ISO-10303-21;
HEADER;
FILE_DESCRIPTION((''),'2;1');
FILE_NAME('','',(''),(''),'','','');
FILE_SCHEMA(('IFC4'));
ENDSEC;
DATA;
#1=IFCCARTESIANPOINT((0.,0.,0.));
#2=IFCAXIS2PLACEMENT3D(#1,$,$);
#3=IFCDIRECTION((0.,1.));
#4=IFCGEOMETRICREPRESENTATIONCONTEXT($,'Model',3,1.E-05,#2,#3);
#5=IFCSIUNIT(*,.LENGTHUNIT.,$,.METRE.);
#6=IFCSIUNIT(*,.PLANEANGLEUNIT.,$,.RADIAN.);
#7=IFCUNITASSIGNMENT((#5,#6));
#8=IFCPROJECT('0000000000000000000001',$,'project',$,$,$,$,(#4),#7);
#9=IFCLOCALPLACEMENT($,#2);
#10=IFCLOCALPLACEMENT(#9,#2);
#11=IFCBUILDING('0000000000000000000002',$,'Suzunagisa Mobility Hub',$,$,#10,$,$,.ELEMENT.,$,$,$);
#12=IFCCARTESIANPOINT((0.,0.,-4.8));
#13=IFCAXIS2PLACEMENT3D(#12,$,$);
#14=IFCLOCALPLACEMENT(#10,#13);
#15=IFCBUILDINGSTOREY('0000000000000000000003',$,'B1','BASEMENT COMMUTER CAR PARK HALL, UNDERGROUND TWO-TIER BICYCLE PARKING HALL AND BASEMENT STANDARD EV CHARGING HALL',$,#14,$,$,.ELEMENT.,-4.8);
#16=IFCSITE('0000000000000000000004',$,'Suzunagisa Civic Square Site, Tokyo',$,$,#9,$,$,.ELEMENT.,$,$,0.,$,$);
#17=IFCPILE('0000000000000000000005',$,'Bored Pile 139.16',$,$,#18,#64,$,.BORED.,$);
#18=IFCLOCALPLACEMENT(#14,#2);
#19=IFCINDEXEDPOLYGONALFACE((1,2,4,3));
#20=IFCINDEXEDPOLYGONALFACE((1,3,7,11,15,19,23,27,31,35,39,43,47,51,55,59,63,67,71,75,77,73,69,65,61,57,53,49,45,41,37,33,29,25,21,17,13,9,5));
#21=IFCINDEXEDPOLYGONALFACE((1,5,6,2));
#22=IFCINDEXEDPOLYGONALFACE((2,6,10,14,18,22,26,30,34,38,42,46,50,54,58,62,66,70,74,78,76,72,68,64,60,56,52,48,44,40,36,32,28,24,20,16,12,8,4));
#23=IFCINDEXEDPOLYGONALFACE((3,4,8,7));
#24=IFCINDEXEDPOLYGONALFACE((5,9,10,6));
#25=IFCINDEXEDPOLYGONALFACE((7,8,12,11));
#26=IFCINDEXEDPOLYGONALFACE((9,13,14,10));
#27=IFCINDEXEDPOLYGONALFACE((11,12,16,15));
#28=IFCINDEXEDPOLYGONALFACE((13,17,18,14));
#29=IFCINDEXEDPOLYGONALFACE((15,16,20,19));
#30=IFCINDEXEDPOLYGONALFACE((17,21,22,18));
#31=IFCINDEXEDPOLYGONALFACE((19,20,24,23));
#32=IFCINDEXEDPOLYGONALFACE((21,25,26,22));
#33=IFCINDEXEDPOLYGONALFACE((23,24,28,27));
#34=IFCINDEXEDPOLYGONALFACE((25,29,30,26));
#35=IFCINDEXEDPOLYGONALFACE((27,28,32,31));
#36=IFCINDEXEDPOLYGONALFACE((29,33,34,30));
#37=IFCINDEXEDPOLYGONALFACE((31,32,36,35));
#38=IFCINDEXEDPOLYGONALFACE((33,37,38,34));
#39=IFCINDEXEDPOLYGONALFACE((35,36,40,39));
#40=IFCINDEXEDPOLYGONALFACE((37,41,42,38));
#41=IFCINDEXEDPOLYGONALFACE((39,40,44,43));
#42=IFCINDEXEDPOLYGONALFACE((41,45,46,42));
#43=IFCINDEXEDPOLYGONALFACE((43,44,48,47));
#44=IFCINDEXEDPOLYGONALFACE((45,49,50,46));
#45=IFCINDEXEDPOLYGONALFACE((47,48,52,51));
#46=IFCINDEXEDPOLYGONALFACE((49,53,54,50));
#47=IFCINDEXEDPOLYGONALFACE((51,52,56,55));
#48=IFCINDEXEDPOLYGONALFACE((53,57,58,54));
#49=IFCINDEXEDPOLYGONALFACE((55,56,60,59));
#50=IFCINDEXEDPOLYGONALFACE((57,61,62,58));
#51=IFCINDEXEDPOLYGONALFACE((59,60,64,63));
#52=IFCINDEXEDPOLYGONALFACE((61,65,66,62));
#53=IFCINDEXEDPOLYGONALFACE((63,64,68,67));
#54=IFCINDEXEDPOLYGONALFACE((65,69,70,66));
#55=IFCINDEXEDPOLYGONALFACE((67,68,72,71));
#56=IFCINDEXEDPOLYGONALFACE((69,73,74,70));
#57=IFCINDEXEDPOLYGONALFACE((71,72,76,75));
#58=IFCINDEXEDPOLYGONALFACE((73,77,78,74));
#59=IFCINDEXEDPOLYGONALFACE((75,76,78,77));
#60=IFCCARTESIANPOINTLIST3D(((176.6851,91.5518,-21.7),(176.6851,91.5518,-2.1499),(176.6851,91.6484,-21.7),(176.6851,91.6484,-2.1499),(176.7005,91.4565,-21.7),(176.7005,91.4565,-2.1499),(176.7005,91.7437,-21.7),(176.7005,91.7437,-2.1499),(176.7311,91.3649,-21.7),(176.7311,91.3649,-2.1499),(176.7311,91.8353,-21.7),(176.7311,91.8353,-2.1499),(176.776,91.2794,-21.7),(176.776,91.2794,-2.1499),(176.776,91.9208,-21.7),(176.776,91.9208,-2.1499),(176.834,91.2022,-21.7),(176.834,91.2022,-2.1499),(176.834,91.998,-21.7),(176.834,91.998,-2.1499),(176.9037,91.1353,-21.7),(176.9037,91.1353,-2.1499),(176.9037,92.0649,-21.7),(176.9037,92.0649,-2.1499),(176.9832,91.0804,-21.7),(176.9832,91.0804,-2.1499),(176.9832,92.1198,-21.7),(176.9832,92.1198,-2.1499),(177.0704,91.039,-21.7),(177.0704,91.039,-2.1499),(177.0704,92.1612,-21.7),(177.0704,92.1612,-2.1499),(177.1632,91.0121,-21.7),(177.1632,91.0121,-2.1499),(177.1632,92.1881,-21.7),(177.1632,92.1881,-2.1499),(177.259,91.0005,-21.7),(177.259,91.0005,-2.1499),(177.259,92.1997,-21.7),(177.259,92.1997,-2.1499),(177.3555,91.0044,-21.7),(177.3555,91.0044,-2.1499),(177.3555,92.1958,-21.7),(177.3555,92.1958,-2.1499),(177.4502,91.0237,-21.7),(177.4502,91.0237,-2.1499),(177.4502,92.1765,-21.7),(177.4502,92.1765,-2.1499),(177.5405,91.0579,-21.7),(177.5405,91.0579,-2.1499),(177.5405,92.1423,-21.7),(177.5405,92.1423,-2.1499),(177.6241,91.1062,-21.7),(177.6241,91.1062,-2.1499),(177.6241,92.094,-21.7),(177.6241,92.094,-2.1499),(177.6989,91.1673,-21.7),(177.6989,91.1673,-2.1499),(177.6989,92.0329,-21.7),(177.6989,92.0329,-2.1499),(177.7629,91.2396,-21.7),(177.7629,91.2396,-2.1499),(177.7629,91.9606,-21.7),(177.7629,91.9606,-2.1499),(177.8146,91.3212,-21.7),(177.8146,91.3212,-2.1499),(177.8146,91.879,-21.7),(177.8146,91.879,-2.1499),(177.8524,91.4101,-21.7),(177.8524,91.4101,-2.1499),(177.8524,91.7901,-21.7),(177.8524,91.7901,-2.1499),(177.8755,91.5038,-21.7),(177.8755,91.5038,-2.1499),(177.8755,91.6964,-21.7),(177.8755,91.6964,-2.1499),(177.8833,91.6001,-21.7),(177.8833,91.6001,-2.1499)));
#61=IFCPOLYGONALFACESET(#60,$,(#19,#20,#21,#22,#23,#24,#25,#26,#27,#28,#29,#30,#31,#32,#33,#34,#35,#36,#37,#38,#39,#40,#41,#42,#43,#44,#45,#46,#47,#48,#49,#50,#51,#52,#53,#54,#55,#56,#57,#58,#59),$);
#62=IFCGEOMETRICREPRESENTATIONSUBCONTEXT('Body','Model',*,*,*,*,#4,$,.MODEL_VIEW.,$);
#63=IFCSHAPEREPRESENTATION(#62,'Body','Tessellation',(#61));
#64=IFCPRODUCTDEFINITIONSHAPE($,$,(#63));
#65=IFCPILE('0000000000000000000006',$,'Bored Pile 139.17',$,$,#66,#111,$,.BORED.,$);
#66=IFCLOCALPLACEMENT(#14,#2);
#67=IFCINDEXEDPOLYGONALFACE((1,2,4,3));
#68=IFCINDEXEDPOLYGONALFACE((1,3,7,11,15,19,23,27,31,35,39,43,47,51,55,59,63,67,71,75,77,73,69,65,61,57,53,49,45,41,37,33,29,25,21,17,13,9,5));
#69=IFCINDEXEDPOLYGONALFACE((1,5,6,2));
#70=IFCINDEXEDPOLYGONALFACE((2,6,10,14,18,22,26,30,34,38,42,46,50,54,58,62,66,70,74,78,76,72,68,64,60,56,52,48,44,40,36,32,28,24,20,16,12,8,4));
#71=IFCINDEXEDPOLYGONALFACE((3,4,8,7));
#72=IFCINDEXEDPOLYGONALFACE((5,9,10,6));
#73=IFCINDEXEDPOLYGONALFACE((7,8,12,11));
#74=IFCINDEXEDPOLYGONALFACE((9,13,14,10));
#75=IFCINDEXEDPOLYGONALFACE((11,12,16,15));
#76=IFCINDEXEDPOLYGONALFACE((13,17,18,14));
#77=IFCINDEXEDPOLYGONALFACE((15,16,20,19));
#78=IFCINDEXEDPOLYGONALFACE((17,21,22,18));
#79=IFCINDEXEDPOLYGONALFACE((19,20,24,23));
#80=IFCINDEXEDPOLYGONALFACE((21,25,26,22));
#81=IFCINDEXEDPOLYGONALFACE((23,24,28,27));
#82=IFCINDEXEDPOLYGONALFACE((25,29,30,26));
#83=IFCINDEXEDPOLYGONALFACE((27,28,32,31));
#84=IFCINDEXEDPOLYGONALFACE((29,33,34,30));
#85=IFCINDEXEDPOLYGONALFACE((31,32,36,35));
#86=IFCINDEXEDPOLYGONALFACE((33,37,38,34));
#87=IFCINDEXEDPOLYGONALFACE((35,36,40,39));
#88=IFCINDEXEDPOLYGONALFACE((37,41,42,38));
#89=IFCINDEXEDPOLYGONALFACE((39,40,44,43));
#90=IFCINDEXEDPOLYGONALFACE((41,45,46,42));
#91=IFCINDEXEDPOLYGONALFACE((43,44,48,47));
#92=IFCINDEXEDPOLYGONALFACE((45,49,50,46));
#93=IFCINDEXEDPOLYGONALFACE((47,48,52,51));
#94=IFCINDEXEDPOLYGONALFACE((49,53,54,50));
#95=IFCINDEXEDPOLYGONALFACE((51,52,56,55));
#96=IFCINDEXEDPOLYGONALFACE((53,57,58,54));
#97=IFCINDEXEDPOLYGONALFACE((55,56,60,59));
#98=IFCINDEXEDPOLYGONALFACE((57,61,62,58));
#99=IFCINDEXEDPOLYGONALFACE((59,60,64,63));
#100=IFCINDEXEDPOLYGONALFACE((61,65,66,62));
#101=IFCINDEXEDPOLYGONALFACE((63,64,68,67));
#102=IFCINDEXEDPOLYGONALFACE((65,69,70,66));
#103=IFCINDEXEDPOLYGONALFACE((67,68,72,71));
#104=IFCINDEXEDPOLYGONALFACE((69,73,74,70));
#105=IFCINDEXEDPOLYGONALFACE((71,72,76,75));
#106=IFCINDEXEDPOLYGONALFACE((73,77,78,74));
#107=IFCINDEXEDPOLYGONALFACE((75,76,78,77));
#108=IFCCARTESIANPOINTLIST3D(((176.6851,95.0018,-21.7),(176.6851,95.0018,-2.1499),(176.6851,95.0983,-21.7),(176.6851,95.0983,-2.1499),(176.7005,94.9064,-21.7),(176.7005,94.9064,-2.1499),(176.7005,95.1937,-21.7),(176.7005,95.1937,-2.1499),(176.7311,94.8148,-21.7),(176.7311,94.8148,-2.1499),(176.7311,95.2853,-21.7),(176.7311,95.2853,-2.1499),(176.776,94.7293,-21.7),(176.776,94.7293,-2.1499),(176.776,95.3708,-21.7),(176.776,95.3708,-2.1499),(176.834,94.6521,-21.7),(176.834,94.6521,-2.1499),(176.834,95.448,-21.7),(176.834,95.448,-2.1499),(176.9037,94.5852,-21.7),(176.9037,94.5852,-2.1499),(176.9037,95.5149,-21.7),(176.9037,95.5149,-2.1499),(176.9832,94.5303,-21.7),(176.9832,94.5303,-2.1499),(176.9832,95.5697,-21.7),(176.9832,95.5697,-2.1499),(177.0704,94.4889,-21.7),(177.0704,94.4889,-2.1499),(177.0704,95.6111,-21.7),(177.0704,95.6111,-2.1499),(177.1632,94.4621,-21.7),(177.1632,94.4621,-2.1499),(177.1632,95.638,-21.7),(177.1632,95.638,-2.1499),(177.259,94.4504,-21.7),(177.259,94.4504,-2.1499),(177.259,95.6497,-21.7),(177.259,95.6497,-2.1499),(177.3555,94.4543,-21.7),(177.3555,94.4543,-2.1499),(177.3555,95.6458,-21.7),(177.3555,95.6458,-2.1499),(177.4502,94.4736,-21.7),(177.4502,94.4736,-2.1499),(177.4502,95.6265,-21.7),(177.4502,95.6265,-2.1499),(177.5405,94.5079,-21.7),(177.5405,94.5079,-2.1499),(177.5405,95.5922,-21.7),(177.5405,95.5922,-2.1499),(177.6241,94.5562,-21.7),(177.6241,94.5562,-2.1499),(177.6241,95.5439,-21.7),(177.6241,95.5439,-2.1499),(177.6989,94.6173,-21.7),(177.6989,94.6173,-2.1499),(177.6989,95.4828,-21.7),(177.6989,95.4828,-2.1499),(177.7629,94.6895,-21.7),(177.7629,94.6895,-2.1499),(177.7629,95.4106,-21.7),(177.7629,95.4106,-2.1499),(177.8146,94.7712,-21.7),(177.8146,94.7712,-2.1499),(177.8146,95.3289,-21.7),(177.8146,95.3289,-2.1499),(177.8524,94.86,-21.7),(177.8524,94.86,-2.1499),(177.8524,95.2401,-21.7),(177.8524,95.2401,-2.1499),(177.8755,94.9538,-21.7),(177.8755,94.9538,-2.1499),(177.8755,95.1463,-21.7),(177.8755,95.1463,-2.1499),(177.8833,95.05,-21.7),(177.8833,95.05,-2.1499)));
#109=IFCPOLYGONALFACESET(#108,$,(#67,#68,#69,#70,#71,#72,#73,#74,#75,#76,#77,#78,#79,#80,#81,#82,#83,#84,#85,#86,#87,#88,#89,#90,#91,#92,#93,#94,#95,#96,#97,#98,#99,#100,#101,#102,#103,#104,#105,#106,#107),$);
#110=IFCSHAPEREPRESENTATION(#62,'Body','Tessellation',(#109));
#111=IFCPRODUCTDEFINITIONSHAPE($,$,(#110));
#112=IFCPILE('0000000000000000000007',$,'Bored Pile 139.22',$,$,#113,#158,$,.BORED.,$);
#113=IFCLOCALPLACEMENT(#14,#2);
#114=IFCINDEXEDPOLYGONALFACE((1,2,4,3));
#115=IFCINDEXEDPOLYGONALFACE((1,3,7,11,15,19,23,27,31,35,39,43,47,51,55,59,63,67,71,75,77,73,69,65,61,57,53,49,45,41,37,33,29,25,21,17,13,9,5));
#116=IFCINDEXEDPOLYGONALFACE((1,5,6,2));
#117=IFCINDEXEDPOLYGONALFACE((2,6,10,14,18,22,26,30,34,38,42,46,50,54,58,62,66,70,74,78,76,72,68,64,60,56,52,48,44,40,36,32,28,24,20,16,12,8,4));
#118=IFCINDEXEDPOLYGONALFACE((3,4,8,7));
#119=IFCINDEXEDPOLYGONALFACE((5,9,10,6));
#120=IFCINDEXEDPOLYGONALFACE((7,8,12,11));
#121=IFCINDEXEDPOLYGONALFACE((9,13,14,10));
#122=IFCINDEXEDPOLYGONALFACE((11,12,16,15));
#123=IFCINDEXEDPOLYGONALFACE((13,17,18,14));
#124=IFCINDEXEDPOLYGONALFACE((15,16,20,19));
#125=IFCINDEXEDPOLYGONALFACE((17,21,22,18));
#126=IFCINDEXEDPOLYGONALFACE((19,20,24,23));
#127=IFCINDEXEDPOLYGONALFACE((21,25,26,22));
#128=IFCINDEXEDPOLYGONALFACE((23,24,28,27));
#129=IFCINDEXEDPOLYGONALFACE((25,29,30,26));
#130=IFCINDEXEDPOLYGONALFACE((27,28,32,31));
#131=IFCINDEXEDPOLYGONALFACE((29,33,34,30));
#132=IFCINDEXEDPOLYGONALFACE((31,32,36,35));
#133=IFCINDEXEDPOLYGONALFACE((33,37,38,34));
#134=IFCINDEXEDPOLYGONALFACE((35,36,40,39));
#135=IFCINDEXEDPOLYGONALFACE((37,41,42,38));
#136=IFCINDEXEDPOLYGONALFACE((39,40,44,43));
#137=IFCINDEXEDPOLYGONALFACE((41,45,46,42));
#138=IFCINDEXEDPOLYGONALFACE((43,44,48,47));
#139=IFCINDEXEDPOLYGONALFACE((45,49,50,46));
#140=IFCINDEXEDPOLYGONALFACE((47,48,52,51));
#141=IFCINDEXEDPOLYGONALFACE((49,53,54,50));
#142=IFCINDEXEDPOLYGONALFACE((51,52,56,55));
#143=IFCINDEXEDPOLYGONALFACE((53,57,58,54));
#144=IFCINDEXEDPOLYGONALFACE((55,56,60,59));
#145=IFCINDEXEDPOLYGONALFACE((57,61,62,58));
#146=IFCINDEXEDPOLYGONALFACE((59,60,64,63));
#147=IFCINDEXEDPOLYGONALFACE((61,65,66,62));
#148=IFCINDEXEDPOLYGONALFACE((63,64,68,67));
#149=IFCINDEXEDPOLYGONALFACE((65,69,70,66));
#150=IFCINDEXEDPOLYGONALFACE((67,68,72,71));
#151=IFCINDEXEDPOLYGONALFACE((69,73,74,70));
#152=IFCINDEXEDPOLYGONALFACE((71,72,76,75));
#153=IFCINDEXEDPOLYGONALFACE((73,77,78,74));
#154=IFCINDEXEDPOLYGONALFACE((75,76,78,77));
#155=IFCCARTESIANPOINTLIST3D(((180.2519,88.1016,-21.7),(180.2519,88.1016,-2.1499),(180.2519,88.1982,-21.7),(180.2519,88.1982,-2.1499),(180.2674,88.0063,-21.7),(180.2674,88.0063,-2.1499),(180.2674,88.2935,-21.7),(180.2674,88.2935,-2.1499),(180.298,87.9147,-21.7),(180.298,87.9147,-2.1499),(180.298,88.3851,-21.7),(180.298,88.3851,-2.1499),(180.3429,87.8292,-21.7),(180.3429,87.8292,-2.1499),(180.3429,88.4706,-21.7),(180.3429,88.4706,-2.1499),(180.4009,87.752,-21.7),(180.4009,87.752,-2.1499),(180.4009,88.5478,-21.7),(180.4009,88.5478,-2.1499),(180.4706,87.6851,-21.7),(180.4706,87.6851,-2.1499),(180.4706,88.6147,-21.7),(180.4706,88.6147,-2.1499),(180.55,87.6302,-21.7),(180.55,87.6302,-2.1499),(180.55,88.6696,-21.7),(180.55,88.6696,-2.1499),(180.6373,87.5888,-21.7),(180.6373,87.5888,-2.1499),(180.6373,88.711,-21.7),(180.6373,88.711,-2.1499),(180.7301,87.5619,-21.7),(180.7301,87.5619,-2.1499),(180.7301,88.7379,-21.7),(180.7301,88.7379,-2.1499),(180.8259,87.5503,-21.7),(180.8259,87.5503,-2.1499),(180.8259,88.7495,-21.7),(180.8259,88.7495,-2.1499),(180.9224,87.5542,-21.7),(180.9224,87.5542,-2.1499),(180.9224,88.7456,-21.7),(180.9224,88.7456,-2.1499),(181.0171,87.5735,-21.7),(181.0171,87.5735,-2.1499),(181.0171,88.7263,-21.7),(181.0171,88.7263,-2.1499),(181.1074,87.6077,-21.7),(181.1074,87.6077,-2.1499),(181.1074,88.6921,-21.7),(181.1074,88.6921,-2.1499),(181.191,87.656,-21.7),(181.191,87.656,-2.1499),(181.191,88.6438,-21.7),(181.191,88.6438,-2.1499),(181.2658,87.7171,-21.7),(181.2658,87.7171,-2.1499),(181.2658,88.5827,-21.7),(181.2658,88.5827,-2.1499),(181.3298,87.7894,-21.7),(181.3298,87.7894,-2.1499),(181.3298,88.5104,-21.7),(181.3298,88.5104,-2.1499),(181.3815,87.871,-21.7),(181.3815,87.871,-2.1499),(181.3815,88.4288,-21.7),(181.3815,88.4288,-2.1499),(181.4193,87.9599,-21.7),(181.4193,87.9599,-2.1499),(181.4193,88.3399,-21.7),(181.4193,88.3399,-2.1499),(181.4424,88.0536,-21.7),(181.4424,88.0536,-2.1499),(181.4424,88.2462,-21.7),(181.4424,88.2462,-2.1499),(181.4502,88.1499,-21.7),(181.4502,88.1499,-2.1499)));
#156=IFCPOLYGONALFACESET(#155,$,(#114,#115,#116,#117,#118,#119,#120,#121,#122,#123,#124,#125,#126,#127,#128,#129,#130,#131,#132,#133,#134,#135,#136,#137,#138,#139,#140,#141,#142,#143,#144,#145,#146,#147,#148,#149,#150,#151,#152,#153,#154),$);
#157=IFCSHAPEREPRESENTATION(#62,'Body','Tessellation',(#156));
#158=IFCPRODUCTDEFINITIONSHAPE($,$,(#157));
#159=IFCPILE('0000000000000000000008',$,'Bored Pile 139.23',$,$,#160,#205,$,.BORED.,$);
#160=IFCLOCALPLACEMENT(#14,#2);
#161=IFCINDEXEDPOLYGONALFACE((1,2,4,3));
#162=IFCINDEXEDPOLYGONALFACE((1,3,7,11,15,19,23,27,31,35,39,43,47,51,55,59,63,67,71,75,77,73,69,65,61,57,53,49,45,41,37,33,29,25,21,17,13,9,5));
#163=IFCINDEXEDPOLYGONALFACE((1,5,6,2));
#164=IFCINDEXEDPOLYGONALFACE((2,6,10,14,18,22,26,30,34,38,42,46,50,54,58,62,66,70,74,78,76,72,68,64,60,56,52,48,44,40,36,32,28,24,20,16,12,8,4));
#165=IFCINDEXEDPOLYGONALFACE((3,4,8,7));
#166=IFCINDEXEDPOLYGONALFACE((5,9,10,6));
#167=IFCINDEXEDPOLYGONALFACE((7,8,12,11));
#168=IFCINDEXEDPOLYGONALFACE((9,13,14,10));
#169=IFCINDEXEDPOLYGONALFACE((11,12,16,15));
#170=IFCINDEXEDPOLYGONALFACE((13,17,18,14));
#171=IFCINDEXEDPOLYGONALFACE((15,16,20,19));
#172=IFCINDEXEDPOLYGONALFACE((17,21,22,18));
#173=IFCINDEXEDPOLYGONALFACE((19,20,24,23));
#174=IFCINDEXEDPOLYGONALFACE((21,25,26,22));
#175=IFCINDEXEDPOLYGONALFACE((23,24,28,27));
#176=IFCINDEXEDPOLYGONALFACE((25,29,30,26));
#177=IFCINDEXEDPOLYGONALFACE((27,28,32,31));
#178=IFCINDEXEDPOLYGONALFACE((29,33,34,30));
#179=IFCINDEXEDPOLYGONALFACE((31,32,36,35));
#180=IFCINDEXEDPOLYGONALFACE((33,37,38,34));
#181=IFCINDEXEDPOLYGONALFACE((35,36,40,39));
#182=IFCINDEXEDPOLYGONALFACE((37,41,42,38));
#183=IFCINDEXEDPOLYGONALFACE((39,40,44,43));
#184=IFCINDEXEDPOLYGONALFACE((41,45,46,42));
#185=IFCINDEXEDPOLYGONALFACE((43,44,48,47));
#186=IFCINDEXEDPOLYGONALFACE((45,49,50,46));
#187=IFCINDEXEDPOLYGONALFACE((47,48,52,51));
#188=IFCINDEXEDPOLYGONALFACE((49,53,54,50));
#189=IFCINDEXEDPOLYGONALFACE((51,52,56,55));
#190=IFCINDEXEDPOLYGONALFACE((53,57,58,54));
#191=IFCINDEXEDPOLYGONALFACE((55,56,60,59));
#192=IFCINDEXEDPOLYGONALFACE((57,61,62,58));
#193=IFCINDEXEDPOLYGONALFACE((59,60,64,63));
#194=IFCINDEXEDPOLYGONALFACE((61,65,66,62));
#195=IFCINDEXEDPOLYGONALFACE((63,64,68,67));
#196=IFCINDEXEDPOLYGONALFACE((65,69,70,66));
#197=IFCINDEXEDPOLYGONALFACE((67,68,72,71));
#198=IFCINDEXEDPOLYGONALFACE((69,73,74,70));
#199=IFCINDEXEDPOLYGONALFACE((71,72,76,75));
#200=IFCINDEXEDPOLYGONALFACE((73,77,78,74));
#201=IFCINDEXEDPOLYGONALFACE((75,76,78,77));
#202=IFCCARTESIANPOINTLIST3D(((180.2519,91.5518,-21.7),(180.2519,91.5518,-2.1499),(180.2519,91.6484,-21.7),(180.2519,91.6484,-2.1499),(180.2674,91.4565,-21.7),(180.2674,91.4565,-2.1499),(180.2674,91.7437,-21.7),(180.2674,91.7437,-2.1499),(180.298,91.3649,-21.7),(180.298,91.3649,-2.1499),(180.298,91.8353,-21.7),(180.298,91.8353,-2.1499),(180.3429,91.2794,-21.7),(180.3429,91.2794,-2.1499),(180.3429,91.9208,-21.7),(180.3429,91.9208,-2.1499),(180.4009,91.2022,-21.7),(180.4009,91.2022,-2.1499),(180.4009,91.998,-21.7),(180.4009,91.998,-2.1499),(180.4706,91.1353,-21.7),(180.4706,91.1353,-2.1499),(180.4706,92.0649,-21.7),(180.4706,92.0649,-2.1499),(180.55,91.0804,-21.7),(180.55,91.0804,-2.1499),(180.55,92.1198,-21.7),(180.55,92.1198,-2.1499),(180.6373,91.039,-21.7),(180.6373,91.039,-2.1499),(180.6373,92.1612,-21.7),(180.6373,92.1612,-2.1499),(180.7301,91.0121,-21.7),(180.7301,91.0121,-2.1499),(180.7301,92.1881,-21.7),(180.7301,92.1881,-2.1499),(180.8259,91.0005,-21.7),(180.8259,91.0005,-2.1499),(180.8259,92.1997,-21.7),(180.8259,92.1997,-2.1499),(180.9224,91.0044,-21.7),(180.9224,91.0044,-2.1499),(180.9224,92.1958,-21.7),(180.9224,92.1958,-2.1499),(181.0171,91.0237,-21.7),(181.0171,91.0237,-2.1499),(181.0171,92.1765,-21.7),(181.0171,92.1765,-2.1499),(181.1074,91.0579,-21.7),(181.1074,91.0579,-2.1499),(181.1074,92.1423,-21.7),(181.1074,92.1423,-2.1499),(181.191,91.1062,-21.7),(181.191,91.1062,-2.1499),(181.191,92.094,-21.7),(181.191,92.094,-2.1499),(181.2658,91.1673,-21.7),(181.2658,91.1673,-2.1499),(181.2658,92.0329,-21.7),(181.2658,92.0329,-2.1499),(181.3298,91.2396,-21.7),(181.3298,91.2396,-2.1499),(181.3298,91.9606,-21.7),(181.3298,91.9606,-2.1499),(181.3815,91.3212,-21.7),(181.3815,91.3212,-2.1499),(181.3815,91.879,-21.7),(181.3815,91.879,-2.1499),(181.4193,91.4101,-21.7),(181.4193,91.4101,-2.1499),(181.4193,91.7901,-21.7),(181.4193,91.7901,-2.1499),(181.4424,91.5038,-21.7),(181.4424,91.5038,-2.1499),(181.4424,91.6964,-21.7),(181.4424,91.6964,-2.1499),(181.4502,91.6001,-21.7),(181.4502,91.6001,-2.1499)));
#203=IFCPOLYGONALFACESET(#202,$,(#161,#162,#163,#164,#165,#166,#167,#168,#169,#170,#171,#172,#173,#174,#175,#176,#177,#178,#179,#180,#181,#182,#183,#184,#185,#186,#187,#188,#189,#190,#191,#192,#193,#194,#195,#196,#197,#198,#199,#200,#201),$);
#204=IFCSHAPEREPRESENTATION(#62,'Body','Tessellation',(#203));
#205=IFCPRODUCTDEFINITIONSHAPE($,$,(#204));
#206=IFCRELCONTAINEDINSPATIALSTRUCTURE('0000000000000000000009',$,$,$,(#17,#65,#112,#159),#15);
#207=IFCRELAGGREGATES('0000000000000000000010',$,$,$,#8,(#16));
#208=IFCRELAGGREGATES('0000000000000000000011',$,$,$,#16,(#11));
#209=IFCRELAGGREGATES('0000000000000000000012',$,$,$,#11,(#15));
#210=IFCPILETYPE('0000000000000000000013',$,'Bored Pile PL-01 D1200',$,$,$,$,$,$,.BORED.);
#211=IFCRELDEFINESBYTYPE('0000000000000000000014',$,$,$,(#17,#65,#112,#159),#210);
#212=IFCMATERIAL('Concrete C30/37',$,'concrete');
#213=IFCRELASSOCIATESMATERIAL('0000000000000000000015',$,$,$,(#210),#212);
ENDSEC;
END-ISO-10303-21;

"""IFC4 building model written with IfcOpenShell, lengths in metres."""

from ifc_helpers import new_model, si_unit, direction, frame, origin, origin_2d, place, context, subcontext, project, spatial, circle, extrude, material, material_profile, profile_set, type_object, element, save


model = new_model("IFC4")

# Units and contexts
model_context = context("Model", 3, precision=1e-05, world=origin(), true_north=direction((0.0, 1.0)))
body_context = subcontext(model_context, "Body", "Model", "MODEL_VIEW")
ifc_project = project(units=[si_unit("LENGTHUNIT", "METRE"), si_unit("PLANEANGLEUNIT", "RADIAN")], contexts=[model_context])

# Site, building, storey
site_placement = place(None, origin())
site = spatial("IfcSite", under=ifc_project, at=site_placement, Name="Suzunagisa Civic Square Site, Tokyo", CompositionType="ELEMENT", RefElevation=0.0)
building_placement = place(site_placement, origin())
building = spatial("IfcBuilding", under=site, at=building_placement, Name="Suzunagisa Mobility Hub", CompositionType="ELEMENT")
storey_placement = place(building_placement, frame((0.0, 0.0, -4.8)))
storey = spatial("IfcBuildingStorey", under=building, at=storey_placement, Name="B1", Description="BASEMENT COMMUTER CAR PARK HALL, UNDERGROUND TWO-TIER BICYCLE PARKING HALL AND BASEMENT STANDARD EV CHARGING HALL", CompositionType="ELEMENT", Elevation=-4.8)

# Piles
ifc_material_1 = material(Name="Concrete C30/37", Category="concrete")
ifc_material_profile_1 = material_profile(ifc_material_1, circle(Radius=0.6001, at=origin_2d()), Name="BORED PILE D1200")
ifc_profile_set_1 = profile_set([ifc_material_profile_1], Name="Concrete C30/37")
pile_type = type_object("IfcPileType", Name="Bored Pile PL-01 D1200", PredefinedType="BORED", material=ifc_profile_set_1)
for number, where, z_axis, x_axis, name in (
    (1, (177.2832, 91.6001, -2.1499), (0.0, 0.0, -1.0), (1.0, 0.0, 0.0), "Bored Pile 139.16"),
    (2, (177.2832, 95.05, -2.1499), (0.0, 0.0, -1.0), (1.0, 0.0, 0.0), "Bored Pile 139.17"),
    (3, (180.8501, 88.1499, -2.1499), (0.0, 0.0, -1.0), (1.0, 0.0, 0.0), "Bored Pile 139.22"),
    (4, (180.8501, 91.6001, -2.1499), (0.0, 0.0, -1.0), (1.0, 0.0, 0.0), "Bored Pile 139.23"),
):
    element("IfcPile", number, at=place(storey_placement, frame(where, z_axis=z_axis, x_axis=x_axis)), inside=storey, type_object=pile_type, Name=name, PredefinedType="BORED", context=body_context, shape_type="SweptSolid", body=[
        extrude(circle(Radius=0.6001, at=origin_2d()), origin(), (0.0, 0.0, 1.0), 19.55),
    ])

save(model, "model.ifc")
